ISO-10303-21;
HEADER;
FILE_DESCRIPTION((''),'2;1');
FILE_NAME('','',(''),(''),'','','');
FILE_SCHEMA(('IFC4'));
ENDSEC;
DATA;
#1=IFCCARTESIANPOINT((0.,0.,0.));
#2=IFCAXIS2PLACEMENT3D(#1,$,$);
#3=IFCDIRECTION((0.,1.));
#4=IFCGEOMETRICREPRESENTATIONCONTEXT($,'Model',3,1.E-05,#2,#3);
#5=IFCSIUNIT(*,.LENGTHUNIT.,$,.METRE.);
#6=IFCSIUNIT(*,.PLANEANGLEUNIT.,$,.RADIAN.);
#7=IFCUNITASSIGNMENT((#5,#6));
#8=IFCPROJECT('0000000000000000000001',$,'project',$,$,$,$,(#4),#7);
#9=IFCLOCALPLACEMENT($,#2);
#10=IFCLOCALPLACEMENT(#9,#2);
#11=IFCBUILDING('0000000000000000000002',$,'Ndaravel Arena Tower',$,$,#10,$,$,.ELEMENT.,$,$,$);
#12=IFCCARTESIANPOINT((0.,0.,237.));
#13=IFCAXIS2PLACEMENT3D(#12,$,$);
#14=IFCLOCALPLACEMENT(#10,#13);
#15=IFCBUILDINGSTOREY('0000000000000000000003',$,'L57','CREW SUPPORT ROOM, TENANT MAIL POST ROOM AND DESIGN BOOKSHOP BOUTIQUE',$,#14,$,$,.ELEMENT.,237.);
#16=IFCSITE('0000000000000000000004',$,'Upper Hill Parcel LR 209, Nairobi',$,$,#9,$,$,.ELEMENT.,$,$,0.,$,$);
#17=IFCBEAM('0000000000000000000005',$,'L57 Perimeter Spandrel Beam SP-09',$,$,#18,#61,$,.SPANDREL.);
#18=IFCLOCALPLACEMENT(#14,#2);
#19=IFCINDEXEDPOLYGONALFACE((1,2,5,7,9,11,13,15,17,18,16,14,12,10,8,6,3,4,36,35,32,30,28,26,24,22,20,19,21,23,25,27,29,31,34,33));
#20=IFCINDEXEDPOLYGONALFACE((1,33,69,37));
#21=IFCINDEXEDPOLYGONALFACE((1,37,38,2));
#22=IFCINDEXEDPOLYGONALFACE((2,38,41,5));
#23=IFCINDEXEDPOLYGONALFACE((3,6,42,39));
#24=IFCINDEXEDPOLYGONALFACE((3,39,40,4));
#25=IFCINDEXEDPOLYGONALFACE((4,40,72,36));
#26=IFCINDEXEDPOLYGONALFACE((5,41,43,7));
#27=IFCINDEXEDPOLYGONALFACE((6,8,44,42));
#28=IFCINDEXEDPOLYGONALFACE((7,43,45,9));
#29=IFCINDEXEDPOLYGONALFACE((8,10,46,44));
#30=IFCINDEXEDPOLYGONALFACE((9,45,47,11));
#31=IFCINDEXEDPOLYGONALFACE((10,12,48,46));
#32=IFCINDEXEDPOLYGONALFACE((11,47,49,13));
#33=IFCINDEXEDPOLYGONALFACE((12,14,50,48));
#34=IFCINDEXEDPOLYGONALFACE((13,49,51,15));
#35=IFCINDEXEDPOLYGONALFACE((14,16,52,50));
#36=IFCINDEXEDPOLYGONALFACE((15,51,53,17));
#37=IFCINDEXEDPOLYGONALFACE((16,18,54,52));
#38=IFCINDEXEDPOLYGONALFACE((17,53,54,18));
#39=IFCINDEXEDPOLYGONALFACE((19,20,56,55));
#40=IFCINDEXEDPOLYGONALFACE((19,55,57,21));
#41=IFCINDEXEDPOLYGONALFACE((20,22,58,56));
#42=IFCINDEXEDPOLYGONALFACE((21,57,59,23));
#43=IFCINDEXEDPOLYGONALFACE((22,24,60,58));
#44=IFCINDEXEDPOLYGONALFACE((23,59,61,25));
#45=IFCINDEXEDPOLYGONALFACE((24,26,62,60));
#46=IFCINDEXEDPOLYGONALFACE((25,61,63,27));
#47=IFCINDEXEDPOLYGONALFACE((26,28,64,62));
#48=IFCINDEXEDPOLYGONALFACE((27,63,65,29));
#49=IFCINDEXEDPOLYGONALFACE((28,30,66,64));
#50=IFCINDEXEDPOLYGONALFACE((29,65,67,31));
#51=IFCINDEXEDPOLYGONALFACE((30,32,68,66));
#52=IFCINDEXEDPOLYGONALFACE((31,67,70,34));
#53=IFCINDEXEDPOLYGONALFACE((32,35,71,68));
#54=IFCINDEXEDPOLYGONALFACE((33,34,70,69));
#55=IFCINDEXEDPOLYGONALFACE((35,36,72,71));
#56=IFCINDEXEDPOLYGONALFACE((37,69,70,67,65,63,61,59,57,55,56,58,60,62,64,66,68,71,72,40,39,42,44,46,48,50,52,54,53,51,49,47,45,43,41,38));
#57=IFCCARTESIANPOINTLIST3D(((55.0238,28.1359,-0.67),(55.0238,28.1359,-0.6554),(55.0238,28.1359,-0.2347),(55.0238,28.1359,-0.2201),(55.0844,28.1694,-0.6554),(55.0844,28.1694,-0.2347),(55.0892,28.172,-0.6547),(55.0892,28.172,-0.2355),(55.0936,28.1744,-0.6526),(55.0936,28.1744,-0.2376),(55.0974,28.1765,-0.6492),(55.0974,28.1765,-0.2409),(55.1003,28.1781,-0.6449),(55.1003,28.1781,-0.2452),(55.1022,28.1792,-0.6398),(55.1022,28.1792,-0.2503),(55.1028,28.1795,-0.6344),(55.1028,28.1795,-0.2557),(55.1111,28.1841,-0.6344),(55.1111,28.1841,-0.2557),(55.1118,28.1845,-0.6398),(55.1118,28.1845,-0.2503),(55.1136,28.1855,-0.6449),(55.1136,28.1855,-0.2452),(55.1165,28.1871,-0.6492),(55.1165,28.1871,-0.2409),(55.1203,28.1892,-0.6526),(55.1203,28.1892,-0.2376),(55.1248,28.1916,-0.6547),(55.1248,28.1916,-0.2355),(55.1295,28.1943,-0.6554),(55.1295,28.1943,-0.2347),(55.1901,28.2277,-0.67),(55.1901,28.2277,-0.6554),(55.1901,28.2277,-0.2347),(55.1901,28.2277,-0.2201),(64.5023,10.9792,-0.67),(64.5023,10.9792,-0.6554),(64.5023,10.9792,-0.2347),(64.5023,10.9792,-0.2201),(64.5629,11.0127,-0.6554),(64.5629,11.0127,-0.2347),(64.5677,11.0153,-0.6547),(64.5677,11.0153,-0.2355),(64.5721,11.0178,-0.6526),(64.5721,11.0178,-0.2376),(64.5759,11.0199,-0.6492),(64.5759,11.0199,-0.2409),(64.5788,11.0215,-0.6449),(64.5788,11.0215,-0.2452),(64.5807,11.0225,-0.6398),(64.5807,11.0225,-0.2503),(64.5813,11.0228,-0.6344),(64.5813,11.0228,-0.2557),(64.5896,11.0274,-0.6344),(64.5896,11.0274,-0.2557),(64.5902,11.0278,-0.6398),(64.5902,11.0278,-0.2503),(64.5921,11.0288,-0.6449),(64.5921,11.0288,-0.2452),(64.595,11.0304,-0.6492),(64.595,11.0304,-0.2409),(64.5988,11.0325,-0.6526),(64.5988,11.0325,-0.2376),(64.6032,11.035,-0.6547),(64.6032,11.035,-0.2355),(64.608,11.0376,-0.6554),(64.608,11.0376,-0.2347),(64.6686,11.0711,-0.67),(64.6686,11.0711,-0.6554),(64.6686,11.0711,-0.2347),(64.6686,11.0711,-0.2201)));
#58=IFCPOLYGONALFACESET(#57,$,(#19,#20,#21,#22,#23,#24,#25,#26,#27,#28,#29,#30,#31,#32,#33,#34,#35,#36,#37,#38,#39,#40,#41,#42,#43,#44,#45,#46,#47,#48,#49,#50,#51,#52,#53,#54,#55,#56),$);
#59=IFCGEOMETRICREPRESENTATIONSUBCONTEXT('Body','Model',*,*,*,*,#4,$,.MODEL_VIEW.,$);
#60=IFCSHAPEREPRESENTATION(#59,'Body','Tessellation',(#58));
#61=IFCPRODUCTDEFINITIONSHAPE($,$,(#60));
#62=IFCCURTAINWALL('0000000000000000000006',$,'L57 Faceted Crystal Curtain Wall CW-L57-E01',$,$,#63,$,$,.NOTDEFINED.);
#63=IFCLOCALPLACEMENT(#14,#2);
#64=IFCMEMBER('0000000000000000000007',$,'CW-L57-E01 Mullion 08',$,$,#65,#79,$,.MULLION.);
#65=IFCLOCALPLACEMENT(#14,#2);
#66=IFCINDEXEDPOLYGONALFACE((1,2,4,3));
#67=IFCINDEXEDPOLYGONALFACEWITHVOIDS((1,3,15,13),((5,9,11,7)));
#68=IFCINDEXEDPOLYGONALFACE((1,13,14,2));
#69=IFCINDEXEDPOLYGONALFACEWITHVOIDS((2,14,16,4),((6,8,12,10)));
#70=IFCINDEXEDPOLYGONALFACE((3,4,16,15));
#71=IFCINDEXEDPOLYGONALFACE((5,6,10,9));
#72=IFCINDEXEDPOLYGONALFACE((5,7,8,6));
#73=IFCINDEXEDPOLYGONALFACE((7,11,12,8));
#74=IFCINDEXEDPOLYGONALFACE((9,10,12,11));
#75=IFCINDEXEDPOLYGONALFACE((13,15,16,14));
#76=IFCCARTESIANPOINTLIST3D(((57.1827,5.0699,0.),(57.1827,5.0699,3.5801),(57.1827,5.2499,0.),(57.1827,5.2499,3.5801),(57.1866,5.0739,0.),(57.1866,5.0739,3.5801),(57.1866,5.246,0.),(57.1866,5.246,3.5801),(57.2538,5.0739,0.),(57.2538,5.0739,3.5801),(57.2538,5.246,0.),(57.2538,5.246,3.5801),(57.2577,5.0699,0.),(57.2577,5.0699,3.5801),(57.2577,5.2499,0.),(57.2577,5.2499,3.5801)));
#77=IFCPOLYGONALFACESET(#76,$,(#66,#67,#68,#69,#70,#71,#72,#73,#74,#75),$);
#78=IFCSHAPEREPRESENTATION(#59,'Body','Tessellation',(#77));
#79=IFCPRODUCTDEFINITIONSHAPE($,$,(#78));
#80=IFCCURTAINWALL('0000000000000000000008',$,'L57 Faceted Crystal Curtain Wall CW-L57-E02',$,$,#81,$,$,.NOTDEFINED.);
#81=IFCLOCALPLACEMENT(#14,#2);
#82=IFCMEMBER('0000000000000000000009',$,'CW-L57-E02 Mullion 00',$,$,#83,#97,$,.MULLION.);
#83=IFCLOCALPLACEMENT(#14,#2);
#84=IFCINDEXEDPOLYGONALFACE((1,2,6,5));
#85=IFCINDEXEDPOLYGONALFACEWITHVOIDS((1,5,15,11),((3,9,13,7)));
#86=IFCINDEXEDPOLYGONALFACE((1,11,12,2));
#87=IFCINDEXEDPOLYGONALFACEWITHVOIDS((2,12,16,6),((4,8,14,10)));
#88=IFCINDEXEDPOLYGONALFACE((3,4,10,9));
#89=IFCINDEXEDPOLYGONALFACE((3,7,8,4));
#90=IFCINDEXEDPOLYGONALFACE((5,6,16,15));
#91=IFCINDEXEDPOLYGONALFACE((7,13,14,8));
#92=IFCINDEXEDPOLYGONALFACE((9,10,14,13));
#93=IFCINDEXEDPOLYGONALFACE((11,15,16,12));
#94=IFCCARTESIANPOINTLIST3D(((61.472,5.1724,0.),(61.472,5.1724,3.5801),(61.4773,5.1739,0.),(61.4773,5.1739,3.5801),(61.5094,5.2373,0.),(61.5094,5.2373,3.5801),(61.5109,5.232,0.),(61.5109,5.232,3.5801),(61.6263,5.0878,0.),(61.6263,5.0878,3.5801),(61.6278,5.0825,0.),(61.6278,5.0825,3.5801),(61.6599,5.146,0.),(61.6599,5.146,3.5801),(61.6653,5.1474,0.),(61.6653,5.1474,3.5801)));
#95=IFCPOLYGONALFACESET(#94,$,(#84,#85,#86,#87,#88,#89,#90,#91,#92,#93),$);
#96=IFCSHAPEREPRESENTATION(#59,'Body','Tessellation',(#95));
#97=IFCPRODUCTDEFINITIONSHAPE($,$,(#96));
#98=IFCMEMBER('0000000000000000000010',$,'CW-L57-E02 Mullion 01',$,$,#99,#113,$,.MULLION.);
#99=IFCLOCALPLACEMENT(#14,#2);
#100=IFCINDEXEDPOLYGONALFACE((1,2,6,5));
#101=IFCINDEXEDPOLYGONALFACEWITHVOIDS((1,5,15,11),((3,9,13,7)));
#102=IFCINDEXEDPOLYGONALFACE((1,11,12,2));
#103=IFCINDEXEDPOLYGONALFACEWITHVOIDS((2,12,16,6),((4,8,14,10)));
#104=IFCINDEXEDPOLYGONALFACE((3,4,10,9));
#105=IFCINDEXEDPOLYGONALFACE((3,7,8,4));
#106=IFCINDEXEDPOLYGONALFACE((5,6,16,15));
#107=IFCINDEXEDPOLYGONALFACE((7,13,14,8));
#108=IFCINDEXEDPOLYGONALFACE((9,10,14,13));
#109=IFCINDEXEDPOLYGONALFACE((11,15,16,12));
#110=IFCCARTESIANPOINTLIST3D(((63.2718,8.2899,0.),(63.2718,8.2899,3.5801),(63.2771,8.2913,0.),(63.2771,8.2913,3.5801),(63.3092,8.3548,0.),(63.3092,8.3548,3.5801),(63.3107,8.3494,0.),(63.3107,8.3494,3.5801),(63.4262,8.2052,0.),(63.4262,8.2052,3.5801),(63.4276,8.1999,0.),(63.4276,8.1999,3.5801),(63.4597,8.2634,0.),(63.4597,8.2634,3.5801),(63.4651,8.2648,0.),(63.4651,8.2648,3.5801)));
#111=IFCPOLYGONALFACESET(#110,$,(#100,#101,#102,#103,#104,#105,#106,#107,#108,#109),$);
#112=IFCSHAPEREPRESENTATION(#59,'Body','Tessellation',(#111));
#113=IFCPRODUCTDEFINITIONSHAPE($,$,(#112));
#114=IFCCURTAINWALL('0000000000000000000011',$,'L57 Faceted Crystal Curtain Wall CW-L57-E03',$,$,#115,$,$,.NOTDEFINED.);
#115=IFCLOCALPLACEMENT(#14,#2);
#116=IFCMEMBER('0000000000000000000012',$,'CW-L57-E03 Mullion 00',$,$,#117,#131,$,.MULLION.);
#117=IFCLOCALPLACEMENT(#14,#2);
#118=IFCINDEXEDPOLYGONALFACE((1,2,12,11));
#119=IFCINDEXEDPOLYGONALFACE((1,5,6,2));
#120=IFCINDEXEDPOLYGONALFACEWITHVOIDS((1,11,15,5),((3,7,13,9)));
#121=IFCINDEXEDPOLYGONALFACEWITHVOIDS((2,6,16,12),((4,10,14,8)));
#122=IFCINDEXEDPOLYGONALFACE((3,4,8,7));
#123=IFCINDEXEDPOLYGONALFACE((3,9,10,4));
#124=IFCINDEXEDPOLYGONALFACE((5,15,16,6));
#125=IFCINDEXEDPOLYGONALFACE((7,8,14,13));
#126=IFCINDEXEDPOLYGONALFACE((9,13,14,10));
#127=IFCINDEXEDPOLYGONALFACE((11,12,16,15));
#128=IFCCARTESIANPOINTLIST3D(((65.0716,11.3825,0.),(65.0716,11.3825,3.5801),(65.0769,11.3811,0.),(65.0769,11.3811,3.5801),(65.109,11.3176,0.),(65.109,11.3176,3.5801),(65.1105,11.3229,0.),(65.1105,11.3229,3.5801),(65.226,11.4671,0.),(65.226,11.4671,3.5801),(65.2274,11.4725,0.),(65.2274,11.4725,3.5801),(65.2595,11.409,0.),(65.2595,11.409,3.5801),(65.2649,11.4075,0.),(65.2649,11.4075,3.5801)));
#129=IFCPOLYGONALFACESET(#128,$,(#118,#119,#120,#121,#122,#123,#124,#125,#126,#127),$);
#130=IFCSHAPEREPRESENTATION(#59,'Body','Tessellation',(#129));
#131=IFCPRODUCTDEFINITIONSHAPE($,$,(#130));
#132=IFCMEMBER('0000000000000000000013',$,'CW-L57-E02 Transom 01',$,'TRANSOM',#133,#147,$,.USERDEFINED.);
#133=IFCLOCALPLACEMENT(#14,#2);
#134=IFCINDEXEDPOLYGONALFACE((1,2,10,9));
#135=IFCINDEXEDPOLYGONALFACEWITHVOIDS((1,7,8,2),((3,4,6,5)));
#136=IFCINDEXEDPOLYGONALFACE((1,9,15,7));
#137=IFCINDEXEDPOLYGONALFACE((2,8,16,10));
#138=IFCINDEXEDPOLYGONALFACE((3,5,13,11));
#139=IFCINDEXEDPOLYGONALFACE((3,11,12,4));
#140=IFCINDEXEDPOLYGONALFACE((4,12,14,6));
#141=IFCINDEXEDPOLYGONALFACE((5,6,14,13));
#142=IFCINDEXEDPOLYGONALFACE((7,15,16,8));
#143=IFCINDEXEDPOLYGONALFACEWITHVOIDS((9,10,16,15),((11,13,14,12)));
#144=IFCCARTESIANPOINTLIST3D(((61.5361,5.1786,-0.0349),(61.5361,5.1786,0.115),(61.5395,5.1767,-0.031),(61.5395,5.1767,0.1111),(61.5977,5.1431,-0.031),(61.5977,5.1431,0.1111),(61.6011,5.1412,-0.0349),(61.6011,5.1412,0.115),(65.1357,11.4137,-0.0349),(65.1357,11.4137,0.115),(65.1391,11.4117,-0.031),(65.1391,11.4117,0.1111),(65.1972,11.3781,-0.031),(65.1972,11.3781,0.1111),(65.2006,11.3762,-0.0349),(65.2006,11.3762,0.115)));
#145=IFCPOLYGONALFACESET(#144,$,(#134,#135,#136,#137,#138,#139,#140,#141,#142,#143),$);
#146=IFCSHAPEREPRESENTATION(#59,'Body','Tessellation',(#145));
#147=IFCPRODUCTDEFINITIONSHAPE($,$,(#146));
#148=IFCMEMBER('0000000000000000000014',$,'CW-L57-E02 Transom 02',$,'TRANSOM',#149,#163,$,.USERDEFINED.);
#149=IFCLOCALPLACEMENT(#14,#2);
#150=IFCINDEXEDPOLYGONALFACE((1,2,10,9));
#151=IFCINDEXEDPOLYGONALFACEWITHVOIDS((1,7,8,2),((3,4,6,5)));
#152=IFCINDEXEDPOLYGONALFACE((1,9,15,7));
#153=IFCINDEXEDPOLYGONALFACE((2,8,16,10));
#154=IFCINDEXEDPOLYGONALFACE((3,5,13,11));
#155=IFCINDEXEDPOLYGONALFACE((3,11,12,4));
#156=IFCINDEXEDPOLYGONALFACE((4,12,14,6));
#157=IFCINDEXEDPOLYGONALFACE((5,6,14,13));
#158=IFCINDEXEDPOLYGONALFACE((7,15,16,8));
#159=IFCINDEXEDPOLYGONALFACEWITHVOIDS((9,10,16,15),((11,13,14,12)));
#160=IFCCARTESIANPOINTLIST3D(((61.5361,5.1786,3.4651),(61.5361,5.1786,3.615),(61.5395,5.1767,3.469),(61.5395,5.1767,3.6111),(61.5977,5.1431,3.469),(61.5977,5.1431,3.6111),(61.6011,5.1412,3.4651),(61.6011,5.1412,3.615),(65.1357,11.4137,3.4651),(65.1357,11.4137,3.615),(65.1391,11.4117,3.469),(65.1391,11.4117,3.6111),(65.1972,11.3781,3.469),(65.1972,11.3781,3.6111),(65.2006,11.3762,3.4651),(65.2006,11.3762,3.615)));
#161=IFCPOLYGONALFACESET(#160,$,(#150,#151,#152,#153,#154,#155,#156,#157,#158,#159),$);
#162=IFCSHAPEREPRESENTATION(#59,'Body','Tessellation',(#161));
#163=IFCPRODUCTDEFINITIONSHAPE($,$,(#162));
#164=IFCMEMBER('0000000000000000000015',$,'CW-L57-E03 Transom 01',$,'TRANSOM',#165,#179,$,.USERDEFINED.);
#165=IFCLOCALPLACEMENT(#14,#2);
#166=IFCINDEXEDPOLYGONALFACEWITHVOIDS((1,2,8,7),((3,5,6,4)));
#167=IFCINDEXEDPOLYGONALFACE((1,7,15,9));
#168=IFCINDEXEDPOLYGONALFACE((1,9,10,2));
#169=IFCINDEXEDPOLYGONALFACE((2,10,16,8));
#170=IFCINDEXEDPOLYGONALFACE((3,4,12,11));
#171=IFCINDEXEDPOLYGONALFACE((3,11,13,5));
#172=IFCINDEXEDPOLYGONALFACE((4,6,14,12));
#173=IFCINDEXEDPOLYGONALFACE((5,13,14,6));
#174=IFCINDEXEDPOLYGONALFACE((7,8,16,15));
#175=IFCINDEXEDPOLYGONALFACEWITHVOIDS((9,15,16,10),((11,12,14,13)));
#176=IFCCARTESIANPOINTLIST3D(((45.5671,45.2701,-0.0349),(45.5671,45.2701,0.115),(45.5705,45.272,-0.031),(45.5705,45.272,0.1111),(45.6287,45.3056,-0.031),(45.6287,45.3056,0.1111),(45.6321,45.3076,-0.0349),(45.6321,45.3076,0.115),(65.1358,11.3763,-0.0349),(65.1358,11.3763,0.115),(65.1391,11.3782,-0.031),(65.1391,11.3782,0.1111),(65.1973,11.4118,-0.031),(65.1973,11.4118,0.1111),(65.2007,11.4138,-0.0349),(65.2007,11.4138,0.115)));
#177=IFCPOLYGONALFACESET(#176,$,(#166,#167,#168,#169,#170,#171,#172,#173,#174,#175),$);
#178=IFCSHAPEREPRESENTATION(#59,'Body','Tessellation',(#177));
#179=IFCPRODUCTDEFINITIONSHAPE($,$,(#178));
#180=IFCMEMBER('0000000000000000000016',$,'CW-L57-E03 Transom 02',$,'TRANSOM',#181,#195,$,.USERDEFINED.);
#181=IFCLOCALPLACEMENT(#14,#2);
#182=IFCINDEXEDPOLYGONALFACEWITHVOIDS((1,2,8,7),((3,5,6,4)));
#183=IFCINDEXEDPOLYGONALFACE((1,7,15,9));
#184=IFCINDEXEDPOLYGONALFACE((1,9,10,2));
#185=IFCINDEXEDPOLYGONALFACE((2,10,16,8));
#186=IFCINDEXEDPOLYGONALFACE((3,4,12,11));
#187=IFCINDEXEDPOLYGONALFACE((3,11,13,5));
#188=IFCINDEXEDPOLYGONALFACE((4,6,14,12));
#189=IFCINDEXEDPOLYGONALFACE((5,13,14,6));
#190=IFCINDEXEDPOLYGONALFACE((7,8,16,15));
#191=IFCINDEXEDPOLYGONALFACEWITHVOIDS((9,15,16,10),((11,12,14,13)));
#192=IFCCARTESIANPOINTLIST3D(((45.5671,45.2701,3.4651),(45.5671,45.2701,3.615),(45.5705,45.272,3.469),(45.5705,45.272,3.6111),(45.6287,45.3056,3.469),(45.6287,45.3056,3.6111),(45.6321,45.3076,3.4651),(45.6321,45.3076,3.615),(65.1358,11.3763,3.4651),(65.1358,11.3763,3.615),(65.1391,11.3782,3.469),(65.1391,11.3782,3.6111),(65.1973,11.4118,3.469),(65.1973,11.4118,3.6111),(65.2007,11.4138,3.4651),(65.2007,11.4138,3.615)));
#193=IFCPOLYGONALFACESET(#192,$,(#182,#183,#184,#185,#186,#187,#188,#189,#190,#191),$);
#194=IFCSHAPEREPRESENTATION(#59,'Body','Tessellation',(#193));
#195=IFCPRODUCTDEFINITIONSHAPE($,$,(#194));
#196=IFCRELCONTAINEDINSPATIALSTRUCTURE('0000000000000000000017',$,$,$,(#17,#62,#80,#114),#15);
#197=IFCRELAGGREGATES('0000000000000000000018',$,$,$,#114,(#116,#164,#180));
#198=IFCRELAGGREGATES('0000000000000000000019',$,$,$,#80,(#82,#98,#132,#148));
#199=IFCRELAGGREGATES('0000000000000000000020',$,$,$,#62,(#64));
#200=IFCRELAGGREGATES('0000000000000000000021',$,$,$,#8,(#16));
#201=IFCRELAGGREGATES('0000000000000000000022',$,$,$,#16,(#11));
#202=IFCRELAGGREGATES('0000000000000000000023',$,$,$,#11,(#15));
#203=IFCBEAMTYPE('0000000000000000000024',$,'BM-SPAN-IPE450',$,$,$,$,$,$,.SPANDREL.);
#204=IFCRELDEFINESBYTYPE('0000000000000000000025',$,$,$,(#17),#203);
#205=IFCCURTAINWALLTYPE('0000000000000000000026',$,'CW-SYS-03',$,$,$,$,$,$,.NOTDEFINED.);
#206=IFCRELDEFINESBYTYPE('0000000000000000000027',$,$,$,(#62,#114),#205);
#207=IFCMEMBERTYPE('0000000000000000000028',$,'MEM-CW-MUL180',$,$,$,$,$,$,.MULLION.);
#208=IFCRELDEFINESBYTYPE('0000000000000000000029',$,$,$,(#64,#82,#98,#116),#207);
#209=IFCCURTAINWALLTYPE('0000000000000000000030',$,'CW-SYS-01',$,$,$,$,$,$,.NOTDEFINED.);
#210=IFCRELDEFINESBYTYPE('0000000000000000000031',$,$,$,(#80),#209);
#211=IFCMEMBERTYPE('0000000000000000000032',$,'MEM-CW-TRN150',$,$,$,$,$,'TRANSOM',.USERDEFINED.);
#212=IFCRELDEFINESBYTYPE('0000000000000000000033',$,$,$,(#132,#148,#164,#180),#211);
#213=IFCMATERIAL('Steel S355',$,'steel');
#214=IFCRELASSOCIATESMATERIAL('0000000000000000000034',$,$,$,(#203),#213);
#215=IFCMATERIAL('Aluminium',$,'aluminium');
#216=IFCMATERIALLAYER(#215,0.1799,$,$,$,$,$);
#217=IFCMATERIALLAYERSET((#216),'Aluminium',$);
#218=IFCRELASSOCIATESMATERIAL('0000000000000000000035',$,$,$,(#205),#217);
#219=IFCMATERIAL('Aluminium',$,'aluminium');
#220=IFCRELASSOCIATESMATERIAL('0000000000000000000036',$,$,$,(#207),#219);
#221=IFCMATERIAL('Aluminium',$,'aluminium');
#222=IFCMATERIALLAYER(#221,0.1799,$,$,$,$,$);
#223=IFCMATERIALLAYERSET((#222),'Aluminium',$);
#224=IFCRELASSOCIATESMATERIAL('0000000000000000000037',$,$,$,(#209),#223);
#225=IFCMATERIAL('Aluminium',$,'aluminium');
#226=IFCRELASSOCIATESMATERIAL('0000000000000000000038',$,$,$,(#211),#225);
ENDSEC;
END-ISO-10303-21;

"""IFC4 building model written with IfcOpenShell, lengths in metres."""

from ifc_helpers import new_model, si_unit, direction, frame, origin, origin_2d, place, context, subcontext, project, spatial, hollow_rectangle, i_section, extrude, material, layer, layer_set, material_profile, profile_set, type_object, element, aggregate, save


model = new_model("IFC4")

# Units and contexts
model_context = context("Model", 3, precision=1e-05, world=origin(), true_north=direction((0.0, 1.0)))
body_context = subcontext(model_context, "Body", "Model", "MODEL_VIEW")
ifc_project = project(units=[si_unit("LENGTHUNIT", "METRE"), si_unit("PLANEANGLEUNIT", "RADIAN")], contexts=[model_context])

# Site, building, storey
site_placement = place(None, origin())
site = spatial("IfcSite", under=ifc_project, at=site_placement, Name="Upper Hill Parcel LR 209, Nairobi", CompositionType="ELEMENT", RefElevation=0.0)
building_placement = place(site_placement, origin())
building = spatial("IfcBuilding", under=site, at=building_placement, Name="Ndaravel Arena Tower", CompositionType="ELEMENT")
storey_placement = place(building_placement, frame((0.0, 0.0, 237.0)))
storey = spatial("IfcBuildingStorey", under=building, at=storey_placement, Name="L57", Description="CREW SUPPORT ROOM, TENANT MAIL POST ROOM AND DESIGN BOOKSHOP BOUTIQUE", CompositionType="ELEMENT", Elevation=237.0)

# Beam
ifc_material_1 = material(Name="Steel S355", Category="steel")
ifc_material_profile_1 = material_profile(ifc_material_1, i_section(OverallWidth=0.1899, OverallDepth=0.45, WebThickness=0.0095, FlangeThickness=0.0146, FilletRadius=0.021, at=origin_2d()), Name="IPE 450")
ifc_profile_set_1 = profile_set([ifc_material_profile_1], Name="Steel S355")
beam_type = type_object("IfcBeamType", Name="BM-SPAN-IPE450", PredefinedType="SPANDREL", material=ifc_profile_set_1)
beam_1_placement = place(storey_placement, frame((64.5854, 11.0251, -0.4451), z_axis=(-0.483575, 0.875303, 0.0), x_axis=(-0.875303, -0.483575, 0.0)))
element("IfcBeam", 1, at=beam_1_placement, inside=storey, type_object=beam_type, Name="L57 Perimeter Spandrel Beam SP-09", PredefinedType="SPANDREL", context=body_context, shape_type="SweptSolid", body=[
    extrude(i_section(OverallWidth=0.1899, OverallDepth=0.45, WebThickness=0.0095, FlangeThickness=0.0146, FilletRadius=0.021, at=origin_2d()), origin(), (0.0, 0.0, 1.0), 19.6008),
])

# Curtain wall, member
ifc_material_2 = material(Name="Aluminium", Category="aluminium")
ifc_layer_1 = layer(ifc_material_2, 0.1799)
ifc_layer_set_1 = layer_set([ifc_layer_1], Name="Aluminium")
curtain_wall_type_1 = type_object("IfcCurtainWallType", Name="CW-SYS-03", PredefinedType="NOTDEFINED", material=ifc_layer_set_1)
curtain_wall_1_placement = place(storey_placement, origin())
curtain_wall_1 = element("IfcCurtainWall", 2, at=curtain_wall_1_placement, inside=storey, type_object=curtain_wall_type_1, Name="L57 Faceted Crystal Curtain Wall CW-L57-E01", PredefinedType="NOTDEFINED")
ifc_material_3 = material(Name="Aluminium", Category="aluminium")
ifc_material_profile_2 = material_profile(ifc_material_3, hollow_rectangle(XDim=0.075, YDim=0.1799, WallThickness=0.0039, at=origin_2d()), Name="CW MULLION 75x180x4")
ifc_profile_set_2 = profile_set([ifc_material_profile_2], Name="Aluminium")
member_type_1 = type_object("IfcMemberType", Name="MEM-CW-MUL180", PredefinedType="MULLION", material=ifc_profile_set_2)
member_1_placement = place(storey_placement, frame((57.2202, 5.1599, 0.0), z_axis=(0.0, 0.0, 1.0), x_axis=(1.0, 0.0, 0.0)))
member_1 = element("IfcMember", 3, at=member_1_placement, type_object=member_type_1, Name="CW-L57-E01 Mullion 08", PredefinedType="MULLION", context=body_context, shape_type="SweptSolid", body=[
    extrude(hollow_rectangle(XDim=0.075, YDim=0.1799, WallThickness=0.0039, at=origin_2d()), origin(), (0.0, 0.0, 1.0), 3.5801),
])

# Curtain wall, members
ifc_material_4 = material(Name="Aluminium", Category="aluminium")
ifc_layer_2 = layer(ifc_material_4, 0.1799)
ifc_layer_set_2 = layer_set([ifc_layer_2], Name="Aluminium")
curtain_wall_type_2 = type_object("IfcCurtainWallType", Name="CW-SYS-01", PredefinedType="NOTDEFINED", material=ifc_layer_set_2)
curtain_wall_2_placement = place(storey_placement, origin())
curtain_wall_2 = element("IfcCurtainWall", 4, at=curtain_wall_2_placement, inside=storey, type_object=curtain_wall_type_2, Name="L57 Faceted Crystal Curtain Wall CW-L57-E02", PredefinedType="NOTDEFINED")
member_2_placement = place(storey_placement, frame((61.5686, 5.1599, 0.0), z_axis=(0.0, 0.0, 1.0), x_axis=(0.499985, 0.866034, 0.0)))
member_2 = element("IfcMember", 5, at=member_2_placement, type_object=member_type_1, Name="CW-L57-E02 Mullion 00", PredefinedType="MULLION", context=body_context, shape_type="SweptSolid", body=[
    extrude(hollow_rectangle(XDim=0.075, YDim=0.1799, WallThickness=0.0039, at=origin_2d()), origin(), (0.0, 0.0, 1.0), 3.5801),
])
member_3_placement = place(storey_placement, frame((63.3684, 8.2773, 0.0), z_axis=(0.0, 0.0, 1.0), x_axis=(0.499985, 0.866034, 0.0)))
member_3 = element("IfcMember", 6, at=member_3_placement, type_object=member_type_1, Name="CW-L57-E02 Mullion 01", PredefinedType="MULLION", context=body_context, shape_type="SweptSolid", body=[
    extrude(hollow_rectangle(XDim=0.075, YDim=0.1799, WallThickness=0.0039, at=origin_2d()), origin(), (0.0, 0.0, 1.0), 3.5801),
])

# Curtain wall, member
curtain_wall_3_placement = place(storey_placement, origin())
curtain_wall_3 = element("IfcCurtainWall", 7, at=curtain_wall_3_placement, inside=storey, type_object=curtain_wall_type_1, Name="L57 Faceted Crystal Curtain Wall CW-L57-E03", PredefinedType="NOTDEFINED")
member_4_placement = place(storey_placement, frame((65.1682, 11.395, 0.0), z_axis=(0.0, 0.0, 1.0), x_axis=(-0.5, 0.866025, 0.0)))
member_4 = element("IfcMember", 8, at=member_4_placement, type_object=member_type_1, Name="CW-L57-E03 Mullion 00", PredefinedType="MULLION", context=body_context, shape_type="SweptSolid", body=[
    extrude(hollow_rectangle(XDim=0.075, YDim=0.1799, WallThickness=0.0039, at=origin_2d()), origin(), (0.0, 0.0, 1.0), 3.5801),
])

# Members
ifc_material_5 = material(Name="Aluminium", Category="aluminium")
ifc_material_profile_3 = material_profile(ifc_material_5, hollow_rectangle(XDim=0.075, YDim=0.1499, WallThickness=0.0039, at=origin_2d()), Name="CW TRANSOM 75x150x4")
ifc_profile_set_3 = profile_set([ifc_material_profile_3], Name="Aluminium")
member_type_2 = type_object("IfcMemberType", Name="MEM-CW-TRN150", ElementType="TRANSOM", PredefinedType="USERDEFINED", material=ifc_profile_set_3)
member_5_placement = place(storey_placement, frame((61.5686, 5.1599, 0.04), z_axis=(0.499976, 0.866039, 0.0), x_axis=(-0.866039, 0.499976, 0.0)))
member_5 = element("IfcMember", 9, at=member_5_placement, type_object=member_type_2, Name="CW-L57-E02 Transom 01", ObjectType="TRANSOM", PredefinedType="USERDEFINED", context=body_context, shape_type="SweptSolid", body=[
    extrude(hollow_rectangle(XDim=0.075, YDim=0.1499, WallThickness=0.0039, at=origin_2d()), origin(), (0.0, 0.0, 1.0), 7.1995),
])
member_6_placement = place(storey_placement, frame((61.5686, 5.1599, 3.54), z_axis=(0.499976, 0.866039, 0.0), x_axis=(-0.866039, 0.499976, 0.0)))
member_6 = element("IfcMember", 10, at=member_6_placement, type_object=member_type_2, Name="CW-L57-E02 Transom 02", ObjectType="TRANSOM", PredefinedType="USERDEFINED", context=body_context, shape_type="SweptSolid", body=[
    extrude(hollow_rectangle(XDim=0.075, YDim=0.1499, WallThickness=0.0039, at=origin_2d()), origin(), (0.0, 0.0, 1.0), 7.1995),
])
member_7_placement = place(storey_placement, frame((65.1682, 11.395, 0.04), z_axis=(-0.5, 0.866025, 0.0), x_axis=(-0.866025, -0.5, 0.0)))
member_7 = element("IfcMember", 11, at=member_7_placement, type_object=member_type_2, Name="CW-L57-E03 Transom 01", ObjectType="TRANSOM", PredefinedType="USERDEFINED", context=body_context, shape_type="SweptSolid", body=[
    extrude(hollow_rectangle(XDim=0.075, YDim=0.1499, WallThickness=0.0039, at=origin_2d()), origin(), (0.0, 0.0, 1.0), 39.1372),
])
member_8_placement = place(storey_placement, frame((65.1682, 11.395, 3.54), z_axis=(-0.5, 0.866025, 0.0), x_axis=(-0.866025, -0.5, 0.0)))
member_8 = element("IfcMember", 12, at=member_8_placement, type_object=member_type_2, Name="CW-L57-E03 Transom 02", ObjectType="TRANSOM", PredefinedType="USERDEFINED", context=body_context, shape_type="SweptSolid", body=[
    extrude(hollow_rectangle(XDim=0.075, YDim=0.1499, WallThickness=0.0039, at=origin_2d()), origin(), (0.0, 0.0, 1.0), 39.1372),
])
aggregate(curtain_wall_3, [member_4, member_7, member_8])

aggregate(curtain_wall_2, [member_2, member_3, member_5, member_6])
aggregate(curtain_wall_1, [member_1])

save(model, "model.ifc")
